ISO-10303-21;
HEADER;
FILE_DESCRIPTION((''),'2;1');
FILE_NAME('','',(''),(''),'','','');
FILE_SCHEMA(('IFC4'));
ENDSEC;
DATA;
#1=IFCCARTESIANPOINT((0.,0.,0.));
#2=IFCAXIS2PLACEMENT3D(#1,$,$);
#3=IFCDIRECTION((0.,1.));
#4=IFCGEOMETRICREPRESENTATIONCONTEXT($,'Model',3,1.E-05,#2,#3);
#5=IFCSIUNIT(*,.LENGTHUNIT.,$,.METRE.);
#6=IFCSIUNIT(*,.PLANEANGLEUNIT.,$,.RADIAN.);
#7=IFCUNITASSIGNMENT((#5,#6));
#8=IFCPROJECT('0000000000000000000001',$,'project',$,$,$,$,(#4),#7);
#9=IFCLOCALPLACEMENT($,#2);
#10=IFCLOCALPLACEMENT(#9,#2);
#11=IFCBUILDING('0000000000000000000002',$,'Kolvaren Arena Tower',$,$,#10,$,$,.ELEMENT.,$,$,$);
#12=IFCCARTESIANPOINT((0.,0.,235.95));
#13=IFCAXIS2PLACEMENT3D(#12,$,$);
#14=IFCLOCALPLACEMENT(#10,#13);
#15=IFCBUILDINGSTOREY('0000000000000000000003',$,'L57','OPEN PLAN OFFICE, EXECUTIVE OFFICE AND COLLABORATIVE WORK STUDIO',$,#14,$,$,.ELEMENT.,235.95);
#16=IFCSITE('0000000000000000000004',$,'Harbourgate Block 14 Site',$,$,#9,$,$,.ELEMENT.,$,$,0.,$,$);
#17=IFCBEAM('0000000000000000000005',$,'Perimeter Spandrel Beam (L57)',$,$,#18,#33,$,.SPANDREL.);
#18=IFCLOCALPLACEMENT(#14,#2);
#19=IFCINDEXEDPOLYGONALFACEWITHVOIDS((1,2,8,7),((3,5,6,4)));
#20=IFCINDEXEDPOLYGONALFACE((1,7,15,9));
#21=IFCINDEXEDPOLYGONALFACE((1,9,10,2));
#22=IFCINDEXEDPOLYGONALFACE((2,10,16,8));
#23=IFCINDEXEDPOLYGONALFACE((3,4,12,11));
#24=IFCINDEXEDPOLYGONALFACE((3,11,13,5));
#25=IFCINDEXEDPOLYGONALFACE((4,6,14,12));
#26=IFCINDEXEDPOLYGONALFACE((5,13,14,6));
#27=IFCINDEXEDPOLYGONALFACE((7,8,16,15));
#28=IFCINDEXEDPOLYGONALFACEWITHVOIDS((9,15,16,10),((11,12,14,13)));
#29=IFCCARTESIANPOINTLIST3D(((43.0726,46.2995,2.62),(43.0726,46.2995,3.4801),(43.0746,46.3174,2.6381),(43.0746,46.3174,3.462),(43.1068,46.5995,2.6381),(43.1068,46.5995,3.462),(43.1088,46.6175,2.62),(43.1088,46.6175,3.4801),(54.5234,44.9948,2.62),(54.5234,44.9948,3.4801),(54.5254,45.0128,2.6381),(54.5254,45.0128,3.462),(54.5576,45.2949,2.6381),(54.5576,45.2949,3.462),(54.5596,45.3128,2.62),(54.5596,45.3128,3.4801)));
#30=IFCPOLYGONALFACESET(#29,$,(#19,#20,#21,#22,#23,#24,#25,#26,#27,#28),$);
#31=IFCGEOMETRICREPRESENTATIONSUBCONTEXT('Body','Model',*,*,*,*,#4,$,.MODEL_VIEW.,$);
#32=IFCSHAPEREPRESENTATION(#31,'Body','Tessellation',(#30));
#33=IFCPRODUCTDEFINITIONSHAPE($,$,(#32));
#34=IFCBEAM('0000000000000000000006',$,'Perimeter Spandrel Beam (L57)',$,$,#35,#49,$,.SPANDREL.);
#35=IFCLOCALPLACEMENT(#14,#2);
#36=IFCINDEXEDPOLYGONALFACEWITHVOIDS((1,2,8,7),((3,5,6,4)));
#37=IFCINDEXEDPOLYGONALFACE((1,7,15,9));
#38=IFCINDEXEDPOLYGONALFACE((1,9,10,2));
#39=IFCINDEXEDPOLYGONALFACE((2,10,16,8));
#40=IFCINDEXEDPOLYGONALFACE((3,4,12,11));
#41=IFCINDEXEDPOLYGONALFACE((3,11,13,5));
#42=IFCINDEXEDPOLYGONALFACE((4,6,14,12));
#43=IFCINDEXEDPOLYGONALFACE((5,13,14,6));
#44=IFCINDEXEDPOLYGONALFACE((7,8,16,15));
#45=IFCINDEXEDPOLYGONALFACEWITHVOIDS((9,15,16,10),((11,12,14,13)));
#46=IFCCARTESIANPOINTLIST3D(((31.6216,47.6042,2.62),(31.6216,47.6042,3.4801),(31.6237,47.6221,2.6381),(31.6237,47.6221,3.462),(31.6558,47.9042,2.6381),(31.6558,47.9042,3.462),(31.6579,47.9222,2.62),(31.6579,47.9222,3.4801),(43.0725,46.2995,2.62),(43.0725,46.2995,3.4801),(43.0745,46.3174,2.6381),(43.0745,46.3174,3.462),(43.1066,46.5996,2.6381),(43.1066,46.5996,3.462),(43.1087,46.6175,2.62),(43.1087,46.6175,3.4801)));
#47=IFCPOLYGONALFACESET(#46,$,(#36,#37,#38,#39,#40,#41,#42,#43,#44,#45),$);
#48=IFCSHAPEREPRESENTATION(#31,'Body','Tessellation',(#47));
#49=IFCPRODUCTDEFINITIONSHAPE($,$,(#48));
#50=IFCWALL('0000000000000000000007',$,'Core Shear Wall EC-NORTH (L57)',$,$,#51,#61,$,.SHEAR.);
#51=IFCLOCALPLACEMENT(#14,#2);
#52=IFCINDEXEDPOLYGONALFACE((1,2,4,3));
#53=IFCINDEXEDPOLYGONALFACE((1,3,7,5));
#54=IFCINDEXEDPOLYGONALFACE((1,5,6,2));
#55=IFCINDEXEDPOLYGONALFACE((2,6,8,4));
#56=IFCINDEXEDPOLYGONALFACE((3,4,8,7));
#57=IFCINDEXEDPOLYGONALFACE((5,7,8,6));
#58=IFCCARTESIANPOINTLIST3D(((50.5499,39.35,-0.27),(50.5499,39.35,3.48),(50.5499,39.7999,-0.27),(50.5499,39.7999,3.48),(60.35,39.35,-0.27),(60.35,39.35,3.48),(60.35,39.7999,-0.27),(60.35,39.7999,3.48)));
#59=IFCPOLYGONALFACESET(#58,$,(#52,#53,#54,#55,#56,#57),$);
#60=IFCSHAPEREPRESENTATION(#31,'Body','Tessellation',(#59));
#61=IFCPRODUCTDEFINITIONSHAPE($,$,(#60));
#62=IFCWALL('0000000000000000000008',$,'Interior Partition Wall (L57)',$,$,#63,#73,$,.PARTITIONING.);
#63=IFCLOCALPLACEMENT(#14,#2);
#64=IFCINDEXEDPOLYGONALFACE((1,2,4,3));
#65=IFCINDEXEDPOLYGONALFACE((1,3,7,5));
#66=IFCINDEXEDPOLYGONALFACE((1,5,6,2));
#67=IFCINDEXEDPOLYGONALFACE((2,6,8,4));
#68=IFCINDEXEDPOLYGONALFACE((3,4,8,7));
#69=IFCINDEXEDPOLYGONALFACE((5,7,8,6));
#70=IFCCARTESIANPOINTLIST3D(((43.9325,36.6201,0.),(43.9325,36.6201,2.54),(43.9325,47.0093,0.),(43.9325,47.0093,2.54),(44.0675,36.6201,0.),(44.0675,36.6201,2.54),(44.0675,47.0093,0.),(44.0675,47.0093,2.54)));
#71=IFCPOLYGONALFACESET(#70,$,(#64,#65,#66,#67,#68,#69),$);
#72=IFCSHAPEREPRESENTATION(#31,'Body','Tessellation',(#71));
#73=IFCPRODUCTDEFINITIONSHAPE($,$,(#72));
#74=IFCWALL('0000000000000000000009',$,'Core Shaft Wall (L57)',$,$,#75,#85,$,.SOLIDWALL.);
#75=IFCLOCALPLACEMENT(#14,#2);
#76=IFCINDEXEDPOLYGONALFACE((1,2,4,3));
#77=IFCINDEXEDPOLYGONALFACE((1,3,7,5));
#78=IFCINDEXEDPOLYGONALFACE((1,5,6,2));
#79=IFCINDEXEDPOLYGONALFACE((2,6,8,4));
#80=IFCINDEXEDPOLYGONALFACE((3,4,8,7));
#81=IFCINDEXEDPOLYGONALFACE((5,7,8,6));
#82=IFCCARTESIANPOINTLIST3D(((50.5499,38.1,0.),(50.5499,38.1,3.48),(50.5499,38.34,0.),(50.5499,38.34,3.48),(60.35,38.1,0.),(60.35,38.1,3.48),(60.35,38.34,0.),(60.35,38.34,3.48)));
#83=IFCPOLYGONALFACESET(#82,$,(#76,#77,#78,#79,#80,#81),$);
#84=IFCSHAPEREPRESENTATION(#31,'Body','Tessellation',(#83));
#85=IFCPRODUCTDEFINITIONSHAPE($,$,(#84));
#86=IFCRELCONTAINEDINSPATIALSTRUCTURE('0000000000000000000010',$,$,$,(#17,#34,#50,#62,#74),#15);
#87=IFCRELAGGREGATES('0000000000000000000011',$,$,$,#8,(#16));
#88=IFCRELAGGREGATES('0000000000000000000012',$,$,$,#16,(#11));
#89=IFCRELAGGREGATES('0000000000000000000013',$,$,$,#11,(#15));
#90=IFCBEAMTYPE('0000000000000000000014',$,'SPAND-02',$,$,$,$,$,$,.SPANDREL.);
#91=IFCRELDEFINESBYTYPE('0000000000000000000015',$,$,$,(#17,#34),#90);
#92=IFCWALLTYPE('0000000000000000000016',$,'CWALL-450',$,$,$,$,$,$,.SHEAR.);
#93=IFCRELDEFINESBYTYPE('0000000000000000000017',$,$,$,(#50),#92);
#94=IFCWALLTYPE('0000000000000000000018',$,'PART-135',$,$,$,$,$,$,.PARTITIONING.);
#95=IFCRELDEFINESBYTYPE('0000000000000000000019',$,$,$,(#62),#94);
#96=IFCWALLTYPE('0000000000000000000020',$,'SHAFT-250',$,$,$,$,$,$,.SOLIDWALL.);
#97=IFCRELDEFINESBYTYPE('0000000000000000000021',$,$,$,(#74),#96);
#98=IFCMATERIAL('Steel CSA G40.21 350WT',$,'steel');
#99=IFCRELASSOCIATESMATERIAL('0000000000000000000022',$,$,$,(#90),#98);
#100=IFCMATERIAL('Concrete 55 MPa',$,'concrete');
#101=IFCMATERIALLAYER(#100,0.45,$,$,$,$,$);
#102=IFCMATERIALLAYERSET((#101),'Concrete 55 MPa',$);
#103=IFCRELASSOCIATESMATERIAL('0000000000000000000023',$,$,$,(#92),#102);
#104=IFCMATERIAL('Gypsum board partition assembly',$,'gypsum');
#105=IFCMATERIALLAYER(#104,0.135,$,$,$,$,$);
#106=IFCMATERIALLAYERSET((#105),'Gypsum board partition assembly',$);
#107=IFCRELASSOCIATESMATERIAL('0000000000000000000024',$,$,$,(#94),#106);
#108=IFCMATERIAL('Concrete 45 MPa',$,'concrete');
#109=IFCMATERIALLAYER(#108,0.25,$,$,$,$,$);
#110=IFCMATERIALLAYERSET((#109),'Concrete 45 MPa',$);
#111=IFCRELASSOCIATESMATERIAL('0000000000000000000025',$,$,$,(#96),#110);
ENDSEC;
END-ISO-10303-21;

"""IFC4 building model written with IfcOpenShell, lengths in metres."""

from ifc_helpers import new_model, si_unit, direction, frame, frame_2d, origin, origin_2d, place, context, subcontext, project, spatial, rectangle, hollow_rectangle, extrude, material, layer, layer_set, material_profile, profile_set, type_object, element, save


model = new_model("IFC4")

# Units and contexts
model_context = context("Model", 3, precision=1e-05, world=origin(), true_north=direction((0.0, 1.0)))
body_context = subcontext(model_context, "Body", "Model", "MODEL_VIEW")
ifc_project = project(units=[si_unit("LENGTHUNIT", "METRE"), si_unit("PLANEANGLEUNIT", "RADIAN")], contexts=[model_context])

# Site, building, storey
site_placement = place(None, origin())
site = spatial("IfcSite", under=ifc_project, at=site_placement, Name="Harbourgate Block 14 Site", CompositionType="ELEMENT", RefElevation=0.0)
building_placement = place(site_placement, origin())
building = spatial("IfcBuilding", under=site, at=building_placement, Name="Kolvaren Arena Tower", CompositionType="ELEMENT")
storey_placement = place(building_placement, frame((0.0, 0.0, 235.95)))
storey = spatial("IfcBuildingStorey", under=building, at=storey_placement, Name="L57", Description="OPEN PLAN OFFICE, EXECUTIVE OFFICE AND COLLABORATIVE WORK STUDIO", CompositionType="ELEMENT", Elevation=235.95)

# Beams
ifc_material_1 = material(Name="Steel CSA G40.21 350WT", Category="steel")
ifc_material_profile_1 = material_profile(ifc_material_1, hollow_rectangle(XDim=0.3201, YDim=0.8601, WallThickness=0.0181, at=origin_2d()), Name="HSS 860x320x18")
ifc_profile_set_1 = profile_set([ifc_material_profile_1], Name="Steel CSA G40.21 350WT")
beam_type_1 = type_object("IfcBeamType", Name="SPAND-02", PredefinedType="SPANDREL", material=ifc_profile_set_1)
for number, where, z_axis, x_axis, name in (
    (1, (54.5415, 45.1538, 3.05), (-0.993572, 0.113205, 0.0), (-0.113205, -0.993572, 0.0), "Perimeter Spandrel Beam (L57)"),
    (2, (43.0906, 46.4585, 3.05), (-0.993572, 0.113205, 0.0), (-0.113205, -0.993572, 0.0), "Perimeter Spandrel Beam (L57)"),
):
    element("IfcBeam", number, at=place(storey_placement, frame(where, z_axis=z_axis, x_axis=x_axis)), inside=storey, type_object=beam_type_1, Name=name, PredefinedType="SPANDREL", context=body_context, shape_type="SweptSolid", body=[
        extrude(hollow_rectangle(XDim=0.3201, YDim=0.8601, WallThickness=0.0181, at=origin_2d()), origin(), (0.0, 0.0, 1.0), 11.5249),
    ])

# Walls
ifc_material_2 = material(Name="Concrete 55 MPa", Category="concrete")
ifc_layer_1 = layer(ifc_material_2, 0.45)
ifc_layer_set_1 = layer_set([ifc_layer_1], Name="Concrete 55 MPa")
wall_type_1 = type_object("IfcWallType", Name="CWALL-450", PredefinedType="SHEAR", material=ifc_layer_set_1)
wall_1_placement = place(storey_placement, frame((50.55, 39.575, -0.27), z_axis=(0.0, 0.0, 1.0), x_axis=(1.0, 0.0, 0.0)))
element("IfcWall", 3, at=wall_1_placement, inside=storey, type_object=wall_type_1, Name="Core Shear Wall EC-NORTH (L57)", PredefinedType="SHEAR", context=body_context, shape_type="SweptSolid", body=[
    extrude(rectangle(XDim=9.8, YDim=0.45, at=frame_2d((4.8999, 0.0))), origin(), (0.0, 0.0, 1.0), 3.75),
])
ifc_material_3 = material(Name="Gypsum board partition assembly", Category="gypsum")
ifc_layer_2 = layer(ifc_material_3, 0.135)
ifc_layer_set_2 = layer_set([ifc_layer_2], Name="Gypsum board partition assembly")
wall_type_2 = type_object("IfcWallType", Name="PART-135", PredefinedType="PARTITIONING", material=ifc_layer_set_2)
wall_2_placement = place(storey_placement, frame((44.0, 36.6201, 0.0), z_axis=(0.0, 0.0, 1.0), x_axis=(0.0, 1.0, 0.0)))
element("IfcWall", 4, at=wall_2_placement, inside=storey, type_object=wall_type_2, Name="Interior Partition Wall (L57)", PredefinedType="PARTITIONING", context=body_context, shape_type="SweptSolid", body=[
    extrude(rectangle(XDim=10.3892, YDim=0.135, at=frame_2d((5.1946, 0.0))), origin(), (0.0, 0.0, 1.0), 2.54),
])
ifc_material_4 = material(Name="Concrete 45 MPa", Category="concrete")
ifc_layer_3 = layer(ifc_material_4, 0.25)
ifc_layer_set_3 = layer_set([ifc_layer_3], Name="Concrete 45 MPa")
wall_type_3 = type_object("IfcWallType", Name="SHAFT-250", PredefinedType="SOLIDWALL", material=ifc_layer_set_3)
wall_3_placement = place(storey_placement, frame((50.55, 38.22, 0.0), z_axis=(0.0, 0.0, 1.0), x_axis=(1.0, 0.0, 0.0)))
element("IfcWall", 5, at=wall_3_placement, inside=storey, type_object=wall_type_3, Name="Core Shaft Wall (L57)", PredefinedType="SOLIDWALL", context=body_context, shape_type="SweptSolid", body=[
    extrude(rectangle(XDim=9.8, YDim=0.24, at=frame_2d((4.8999, 0.0))), origin(), (0.0, 0.0, 1.0), 3.48),
])

save(model, "model.ifc")
